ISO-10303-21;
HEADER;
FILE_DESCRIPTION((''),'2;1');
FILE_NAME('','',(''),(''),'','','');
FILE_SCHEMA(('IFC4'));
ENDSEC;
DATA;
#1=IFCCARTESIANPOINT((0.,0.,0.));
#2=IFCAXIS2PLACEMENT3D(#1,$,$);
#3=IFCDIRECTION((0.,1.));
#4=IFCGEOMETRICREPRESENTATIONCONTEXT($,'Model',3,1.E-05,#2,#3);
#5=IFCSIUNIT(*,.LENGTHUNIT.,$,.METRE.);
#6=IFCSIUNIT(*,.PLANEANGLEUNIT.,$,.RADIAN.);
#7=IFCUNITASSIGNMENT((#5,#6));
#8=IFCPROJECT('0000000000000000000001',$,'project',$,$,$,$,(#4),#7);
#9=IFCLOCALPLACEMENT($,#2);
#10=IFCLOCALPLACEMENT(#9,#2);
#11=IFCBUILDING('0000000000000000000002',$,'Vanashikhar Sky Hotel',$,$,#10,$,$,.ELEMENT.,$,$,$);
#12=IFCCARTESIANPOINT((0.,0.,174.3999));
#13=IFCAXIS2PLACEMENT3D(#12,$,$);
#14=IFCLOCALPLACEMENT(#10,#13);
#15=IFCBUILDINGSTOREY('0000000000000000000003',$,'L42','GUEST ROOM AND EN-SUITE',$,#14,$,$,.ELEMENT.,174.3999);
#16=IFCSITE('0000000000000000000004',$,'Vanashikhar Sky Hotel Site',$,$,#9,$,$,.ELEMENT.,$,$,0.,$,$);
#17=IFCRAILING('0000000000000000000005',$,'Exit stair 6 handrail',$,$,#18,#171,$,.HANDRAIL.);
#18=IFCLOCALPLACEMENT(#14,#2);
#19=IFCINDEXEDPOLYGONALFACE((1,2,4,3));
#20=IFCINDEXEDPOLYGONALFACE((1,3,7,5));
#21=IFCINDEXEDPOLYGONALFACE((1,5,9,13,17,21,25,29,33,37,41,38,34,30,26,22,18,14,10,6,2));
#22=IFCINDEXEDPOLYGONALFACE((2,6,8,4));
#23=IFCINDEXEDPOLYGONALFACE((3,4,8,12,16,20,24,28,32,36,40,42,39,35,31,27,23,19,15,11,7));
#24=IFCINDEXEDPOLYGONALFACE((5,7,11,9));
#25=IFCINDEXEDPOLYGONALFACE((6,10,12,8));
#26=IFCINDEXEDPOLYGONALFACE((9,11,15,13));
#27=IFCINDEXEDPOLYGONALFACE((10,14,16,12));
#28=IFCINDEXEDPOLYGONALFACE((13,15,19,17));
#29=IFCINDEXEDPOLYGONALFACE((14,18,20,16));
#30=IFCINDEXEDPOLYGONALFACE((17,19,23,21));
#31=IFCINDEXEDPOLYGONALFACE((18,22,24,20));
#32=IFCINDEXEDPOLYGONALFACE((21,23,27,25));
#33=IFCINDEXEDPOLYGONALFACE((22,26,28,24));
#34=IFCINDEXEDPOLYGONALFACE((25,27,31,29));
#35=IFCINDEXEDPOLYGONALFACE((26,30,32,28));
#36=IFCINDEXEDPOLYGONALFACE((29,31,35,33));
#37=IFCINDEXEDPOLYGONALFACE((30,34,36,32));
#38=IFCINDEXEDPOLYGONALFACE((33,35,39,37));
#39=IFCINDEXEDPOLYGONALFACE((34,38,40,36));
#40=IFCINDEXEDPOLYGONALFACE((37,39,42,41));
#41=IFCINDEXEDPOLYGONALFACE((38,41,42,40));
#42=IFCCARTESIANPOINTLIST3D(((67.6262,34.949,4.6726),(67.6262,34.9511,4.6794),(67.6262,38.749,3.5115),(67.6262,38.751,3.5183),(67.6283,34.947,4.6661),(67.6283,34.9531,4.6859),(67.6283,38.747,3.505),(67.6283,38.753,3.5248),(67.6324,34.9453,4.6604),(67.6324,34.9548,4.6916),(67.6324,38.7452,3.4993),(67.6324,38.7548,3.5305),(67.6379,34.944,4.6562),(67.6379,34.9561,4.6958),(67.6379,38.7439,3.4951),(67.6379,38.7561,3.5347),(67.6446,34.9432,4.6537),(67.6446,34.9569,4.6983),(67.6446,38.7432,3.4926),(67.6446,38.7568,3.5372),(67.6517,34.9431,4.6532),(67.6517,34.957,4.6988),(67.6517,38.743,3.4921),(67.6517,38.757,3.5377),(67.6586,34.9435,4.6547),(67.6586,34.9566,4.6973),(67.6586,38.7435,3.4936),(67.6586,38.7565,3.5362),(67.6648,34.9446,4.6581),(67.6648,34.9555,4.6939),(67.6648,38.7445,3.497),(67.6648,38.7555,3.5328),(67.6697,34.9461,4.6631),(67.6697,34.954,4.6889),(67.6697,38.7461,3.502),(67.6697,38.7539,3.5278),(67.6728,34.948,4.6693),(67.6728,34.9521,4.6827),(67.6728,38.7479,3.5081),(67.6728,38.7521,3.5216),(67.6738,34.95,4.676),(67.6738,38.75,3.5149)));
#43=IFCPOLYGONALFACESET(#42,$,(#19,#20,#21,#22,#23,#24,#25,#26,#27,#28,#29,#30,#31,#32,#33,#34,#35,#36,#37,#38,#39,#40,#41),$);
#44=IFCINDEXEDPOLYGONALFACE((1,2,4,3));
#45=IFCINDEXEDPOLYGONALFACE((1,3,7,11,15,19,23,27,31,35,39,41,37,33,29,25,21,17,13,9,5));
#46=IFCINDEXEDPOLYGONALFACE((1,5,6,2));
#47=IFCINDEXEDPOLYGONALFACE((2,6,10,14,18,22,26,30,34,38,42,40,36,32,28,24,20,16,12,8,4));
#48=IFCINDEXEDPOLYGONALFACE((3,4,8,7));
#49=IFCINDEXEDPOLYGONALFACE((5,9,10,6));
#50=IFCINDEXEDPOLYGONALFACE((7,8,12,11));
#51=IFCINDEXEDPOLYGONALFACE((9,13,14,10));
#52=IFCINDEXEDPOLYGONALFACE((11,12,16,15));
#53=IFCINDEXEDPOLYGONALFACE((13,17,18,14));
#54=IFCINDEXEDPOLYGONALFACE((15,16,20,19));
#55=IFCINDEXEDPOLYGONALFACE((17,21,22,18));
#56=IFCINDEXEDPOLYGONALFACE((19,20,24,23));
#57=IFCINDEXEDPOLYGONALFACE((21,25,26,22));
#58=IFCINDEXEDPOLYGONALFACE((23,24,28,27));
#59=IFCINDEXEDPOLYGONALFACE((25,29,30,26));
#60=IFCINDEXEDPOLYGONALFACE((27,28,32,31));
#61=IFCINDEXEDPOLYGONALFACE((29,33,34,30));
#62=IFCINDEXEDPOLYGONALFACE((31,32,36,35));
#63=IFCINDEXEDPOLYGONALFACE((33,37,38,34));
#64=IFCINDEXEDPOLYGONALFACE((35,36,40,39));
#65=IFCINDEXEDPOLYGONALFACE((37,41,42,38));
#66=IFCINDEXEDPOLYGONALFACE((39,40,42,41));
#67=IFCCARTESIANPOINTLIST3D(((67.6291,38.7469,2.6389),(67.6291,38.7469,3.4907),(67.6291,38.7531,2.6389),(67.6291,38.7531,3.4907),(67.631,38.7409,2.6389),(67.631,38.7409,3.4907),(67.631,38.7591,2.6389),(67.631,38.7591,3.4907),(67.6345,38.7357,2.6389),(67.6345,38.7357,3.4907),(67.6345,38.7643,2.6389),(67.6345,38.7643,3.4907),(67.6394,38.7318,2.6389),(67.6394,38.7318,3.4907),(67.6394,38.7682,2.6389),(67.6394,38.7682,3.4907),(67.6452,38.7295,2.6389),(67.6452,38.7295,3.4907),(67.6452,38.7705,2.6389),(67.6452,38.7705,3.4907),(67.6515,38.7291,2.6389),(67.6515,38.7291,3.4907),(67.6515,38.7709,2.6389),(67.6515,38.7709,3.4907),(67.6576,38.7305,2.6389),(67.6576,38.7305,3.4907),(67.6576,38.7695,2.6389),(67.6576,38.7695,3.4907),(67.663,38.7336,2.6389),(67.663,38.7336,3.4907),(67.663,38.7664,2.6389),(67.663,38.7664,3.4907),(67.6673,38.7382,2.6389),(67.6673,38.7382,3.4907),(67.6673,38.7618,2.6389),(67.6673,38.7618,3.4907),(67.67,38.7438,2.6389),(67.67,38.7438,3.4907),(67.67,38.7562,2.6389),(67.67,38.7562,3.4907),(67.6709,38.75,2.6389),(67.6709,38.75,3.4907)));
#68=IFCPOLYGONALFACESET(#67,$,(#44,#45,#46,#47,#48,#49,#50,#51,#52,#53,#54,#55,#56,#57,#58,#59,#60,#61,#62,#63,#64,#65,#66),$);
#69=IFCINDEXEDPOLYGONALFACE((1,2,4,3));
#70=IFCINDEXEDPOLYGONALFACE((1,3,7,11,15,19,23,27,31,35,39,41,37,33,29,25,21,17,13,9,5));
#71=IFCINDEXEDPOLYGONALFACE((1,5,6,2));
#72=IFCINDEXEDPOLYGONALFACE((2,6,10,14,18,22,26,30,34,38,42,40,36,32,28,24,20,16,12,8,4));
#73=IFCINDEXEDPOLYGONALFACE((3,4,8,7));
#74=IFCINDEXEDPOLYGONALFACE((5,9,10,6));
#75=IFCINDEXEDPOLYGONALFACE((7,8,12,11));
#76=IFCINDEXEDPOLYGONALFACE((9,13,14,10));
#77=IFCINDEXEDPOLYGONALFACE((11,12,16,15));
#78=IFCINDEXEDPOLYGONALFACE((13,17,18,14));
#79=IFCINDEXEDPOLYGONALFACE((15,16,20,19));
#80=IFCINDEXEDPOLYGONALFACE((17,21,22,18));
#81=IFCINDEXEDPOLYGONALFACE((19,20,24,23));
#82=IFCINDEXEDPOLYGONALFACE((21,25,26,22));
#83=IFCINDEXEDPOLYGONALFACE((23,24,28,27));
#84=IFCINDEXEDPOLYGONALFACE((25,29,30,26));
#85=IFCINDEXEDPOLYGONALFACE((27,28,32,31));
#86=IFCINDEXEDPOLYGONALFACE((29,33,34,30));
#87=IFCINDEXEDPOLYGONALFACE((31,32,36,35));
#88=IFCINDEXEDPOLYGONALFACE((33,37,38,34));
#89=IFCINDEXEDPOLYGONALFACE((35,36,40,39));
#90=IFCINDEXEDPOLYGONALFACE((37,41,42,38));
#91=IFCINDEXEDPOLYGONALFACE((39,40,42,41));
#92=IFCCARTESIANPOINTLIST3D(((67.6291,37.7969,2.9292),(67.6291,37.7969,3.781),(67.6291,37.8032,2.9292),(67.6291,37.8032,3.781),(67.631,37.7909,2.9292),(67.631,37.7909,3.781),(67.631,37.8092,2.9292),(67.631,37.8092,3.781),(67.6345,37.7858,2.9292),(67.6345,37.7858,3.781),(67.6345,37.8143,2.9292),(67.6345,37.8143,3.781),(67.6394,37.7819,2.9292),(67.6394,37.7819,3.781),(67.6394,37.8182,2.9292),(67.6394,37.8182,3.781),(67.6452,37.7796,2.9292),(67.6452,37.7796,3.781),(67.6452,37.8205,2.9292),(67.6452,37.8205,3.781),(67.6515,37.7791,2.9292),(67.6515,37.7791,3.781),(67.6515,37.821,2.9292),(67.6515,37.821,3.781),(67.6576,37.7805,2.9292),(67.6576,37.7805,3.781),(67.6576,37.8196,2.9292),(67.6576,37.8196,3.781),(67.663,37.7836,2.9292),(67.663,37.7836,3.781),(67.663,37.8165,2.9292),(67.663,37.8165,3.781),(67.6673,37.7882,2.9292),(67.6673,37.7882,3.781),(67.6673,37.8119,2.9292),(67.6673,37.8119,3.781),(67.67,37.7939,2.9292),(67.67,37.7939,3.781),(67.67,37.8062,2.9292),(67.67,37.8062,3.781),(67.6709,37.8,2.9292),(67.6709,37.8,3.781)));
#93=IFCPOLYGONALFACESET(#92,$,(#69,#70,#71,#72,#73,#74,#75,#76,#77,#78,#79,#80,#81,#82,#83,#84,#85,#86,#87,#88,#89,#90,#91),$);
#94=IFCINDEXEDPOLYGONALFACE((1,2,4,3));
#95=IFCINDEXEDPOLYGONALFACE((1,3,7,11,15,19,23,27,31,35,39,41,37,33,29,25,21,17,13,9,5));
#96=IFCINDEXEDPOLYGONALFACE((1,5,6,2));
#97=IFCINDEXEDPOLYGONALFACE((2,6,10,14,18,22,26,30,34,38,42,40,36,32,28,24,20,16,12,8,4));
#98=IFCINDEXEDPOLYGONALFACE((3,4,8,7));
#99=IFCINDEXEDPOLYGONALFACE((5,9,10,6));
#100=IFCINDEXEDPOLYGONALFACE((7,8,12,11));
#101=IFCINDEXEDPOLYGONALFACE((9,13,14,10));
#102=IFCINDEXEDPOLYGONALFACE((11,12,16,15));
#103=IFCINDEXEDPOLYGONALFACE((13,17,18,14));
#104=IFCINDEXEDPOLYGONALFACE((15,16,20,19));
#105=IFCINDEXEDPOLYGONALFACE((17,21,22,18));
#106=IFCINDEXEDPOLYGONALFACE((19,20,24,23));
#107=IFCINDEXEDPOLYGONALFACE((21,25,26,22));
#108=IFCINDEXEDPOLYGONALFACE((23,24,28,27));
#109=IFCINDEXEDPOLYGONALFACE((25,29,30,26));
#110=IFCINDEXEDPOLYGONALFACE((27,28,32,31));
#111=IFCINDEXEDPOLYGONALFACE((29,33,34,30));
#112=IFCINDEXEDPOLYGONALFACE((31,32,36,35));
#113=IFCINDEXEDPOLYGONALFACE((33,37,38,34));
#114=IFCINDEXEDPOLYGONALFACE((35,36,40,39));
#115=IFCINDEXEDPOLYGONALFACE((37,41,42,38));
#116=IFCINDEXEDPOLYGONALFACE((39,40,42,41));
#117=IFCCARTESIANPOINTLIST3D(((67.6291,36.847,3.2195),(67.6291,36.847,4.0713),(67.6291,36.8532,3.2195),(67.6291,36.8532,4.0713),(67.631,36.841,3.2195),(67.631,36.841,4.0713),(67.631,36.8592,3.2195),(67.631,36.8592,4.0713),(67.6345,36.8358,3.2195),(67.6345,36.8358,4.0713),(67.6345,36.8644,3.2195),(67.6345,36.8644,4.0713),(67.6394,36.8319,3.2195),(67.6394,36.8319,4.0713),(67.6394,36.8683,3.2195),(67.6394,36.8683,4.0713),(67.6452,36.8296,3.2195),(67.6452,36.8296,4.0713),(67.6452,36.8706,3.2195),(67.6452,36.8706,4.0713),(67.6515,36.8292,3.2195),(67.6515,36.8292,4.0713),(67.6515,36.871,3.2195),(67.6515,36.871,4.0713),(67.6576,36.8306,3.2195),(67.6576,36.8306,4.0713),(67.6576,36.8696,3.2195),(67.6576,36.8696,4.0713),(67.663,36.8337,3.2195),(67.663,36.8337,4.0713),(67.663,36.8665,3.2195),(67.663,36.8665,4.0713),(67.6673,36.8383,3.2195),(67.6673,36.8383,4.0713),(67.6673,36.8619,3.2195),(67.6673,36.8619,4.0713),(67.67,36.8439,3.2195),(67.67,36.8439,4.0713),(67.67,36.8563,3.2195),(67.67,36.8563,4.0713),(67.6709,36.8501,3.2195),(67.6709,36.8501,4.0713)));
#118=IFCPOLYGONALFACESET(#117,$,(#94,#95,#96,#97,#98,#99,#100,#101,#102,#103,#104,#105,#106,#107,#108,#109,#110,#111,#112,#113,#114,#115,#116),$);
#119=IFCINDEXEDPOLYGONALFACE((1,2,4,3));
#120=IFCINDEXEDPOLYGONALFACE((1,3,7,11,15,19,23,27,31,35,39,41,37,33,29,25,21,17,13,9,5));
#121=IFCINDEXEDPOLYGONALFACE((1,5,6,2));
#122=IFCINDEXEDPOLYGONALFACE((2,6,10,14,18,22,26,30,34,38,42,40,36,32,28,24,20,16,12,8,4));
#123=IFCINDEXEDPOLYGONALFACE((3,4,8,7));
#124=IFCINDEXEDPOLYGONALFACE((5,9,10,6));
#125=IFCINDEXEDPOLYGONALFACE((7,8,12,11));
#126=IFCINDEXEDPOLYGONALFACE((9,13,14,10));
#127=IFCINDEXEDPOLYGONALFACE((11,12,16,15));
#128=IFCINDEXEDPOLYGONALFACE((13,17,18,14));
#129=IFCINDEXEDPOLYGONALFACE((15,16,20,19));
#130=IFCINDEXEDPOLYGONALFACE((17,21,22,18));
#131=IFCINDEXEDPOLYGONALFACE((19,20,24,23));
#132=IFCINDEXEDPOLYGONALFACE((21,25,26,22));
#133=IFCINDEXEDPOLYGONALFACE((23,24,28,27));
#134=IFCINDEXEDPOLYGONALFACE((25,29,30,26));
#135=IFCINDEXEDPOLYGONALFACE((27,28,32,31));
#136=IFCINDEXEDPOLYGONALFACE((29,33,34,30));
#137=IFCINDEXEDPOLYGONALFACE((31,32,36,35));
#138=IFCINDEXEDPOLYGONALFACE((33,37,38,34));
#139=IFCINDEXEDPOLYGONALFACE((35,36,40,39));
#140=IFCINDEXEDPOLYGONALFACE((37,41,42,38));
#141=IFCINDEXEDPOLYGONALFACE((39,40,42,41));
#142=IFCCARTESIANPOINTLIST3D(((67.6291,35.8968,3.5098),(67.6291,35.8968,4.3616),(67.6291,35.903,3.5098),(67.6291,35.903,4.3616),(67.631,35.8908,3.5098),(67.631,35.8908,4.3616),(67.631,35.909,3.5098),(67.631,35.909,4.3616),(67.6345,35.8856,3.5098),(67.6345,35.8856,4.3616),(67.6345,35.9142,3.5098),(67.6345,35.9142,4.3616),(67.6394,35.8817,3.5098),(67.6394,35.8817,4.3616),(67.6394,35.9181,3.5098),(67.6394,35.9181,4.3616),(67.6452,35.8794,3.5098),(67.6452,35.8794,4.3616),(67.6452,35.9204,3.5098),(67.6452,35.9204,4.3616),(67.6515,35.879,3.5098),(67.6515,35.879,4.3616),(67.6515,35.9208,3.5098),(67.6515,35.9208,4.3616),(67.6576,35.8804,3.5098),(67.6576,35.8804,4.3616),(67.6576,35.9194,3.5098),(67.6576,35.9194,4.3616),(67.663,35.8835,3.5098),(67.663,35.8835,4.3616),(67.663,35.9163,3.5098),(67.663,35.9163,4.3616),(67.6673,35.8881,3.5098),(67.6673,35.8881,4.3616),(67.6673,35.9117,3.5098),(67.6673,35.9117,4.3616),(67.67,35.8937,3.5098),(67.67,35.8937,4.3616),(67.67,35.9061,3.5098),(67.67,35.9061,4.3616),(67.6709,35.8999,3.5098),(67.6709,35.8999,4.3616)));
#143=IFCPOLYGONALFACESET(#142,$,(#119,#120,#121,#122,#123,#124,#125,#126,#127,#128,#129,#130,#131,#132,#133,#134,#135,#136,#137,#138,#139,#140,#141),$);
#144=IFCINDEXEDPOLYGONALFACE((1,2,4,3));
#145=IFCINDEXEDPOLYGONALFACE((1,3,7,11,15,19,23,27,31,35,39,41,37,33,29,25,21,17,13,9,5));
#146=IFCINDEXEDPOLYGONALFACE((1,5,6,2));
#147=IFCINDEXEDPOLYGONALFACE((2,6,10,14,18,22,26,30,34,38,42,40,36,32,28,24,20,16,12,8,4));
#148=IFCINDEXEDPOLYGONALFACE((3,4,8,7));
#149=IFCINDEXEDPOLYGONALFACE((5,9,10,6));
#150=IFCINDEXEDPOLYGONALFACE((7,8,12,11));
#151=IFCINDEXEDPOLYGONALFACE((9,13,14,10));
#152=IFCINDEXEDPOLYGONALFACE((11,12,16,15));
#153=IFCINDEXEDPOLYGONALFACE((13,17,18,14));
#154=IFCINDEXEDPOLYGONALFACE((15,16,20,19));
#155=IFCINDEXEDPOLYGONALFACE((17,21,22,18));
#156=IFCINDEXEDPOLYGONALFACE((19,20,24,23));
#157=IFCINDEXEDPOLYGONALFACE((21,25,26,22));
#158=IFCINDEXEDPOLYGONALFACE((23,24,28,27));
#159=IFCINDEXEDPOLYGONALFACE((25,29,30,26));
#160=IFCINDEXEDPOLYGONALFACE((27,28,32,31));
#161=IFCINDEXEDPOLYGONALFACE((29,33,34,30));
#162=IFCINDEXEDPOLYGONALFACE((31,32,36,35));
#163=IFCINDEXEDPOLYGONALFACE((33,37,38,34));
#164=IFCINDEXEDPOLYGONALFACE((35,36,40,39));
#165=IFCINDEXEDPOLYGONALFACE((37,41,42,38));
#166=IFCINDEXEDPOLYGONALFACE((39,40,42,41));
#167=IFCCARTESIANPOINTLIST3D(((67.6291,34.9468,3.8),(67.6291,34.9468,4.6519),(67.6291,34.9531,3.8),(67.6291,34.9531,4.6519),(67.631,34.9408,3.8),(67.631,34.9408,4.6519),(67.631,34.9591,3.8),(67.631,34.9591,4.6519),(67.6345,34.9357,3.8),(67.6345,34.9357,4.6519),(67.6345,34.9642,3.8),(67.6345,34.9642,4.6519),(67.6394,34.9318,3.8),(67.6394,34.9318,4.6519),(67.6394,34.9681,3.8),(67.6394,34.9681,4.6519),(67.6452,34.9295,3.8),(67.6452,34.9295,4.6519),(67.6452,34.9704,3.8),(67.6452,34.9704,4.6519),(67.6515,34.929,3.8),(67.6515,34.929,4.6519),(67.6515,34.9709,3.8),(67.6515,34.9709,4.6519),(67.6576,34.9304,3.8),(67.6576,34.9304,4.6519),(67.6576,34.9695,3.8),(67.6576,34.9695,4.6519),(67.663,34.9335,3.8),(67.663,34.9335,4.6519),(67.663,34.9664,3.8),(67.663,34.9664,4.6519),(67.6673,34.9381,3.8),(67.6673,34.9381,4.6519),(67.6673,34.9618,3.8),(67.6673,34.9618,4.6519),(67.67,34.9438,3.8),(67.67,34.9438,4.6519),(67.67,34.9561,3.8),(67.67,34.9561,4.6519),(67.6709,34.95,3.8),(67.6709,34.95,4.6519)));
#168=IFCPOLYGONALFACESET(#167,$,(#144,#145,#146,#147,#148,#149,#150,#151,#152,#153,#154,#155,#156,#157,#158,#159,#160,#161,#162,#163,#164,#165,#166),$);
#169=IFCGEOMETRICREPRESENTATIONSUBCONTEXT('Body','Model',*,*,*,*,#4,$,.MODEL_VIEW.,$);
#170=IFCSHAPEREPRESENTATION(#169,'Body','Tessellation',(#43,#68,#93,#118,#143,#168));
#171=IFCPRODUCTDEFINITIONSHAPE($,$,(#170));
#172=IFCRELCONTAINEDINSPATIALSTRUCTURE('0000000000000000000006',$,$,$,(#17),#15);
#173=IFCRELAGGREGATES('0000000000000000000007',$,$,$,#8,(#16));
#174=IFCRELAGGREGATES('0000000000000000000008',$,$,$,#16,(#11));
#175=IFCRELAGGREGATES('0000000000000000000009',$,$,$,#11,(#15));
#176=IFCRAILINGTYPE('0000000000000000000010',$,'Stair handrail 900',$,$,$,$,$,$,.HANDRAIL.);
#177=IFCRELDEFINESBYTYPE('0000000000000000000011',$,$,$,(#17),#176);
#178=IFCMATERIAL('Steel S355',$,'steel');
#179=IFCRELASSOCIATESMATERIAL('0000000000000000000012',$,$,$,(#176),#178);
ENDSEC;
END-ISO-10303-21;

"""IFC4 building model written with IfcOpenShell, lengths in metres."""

from ifc_helpers import new_model, si_unit, direction, frame, origin, origin_2d, place, context, subcontext, project, spatial, circle, extrude, source, transform, mapped, material, type_object, element, save


model = new_model("IFC4")

# Units and contexts
model_context = context("Model", 3, precision=1e-05, world=origin(), true_north=direction((0.0, 1.0)))
body_context = subcontext(model_context, "Body", "Model", "MODEL_VIEW")
ifc_project = project(units=[si_unit("LENGTHUNIT", "METRE"), si_unit("PLANEANGLEUNIT", "RADIAN")], contexts=[model_context])

# Site, building, storey
site_placement = place(None, origin())
site = spatial("IfcSite", under=ifc_project, at=site_placement, Name="Vanashikhar Sky Hotel Site", CompositionType="ELEMENT", RefElevation=0.0)
building_placement = place(site_placement, origin())
building = spatial("IfcBuilding", under=site, at=building_placement, Name="Vanashikhar Sky Hotel", CompositionType="ELEMENT")
storey_placement = place(building_placement, frame((0.0, 0.0, 174.3999)))
storey = spatial("IfcBuildingStorey", under=building, at=storey_placement, Name="L42", Description="GUEST ROOM AND EN-SUITE", CompositionType="ELEMENT", Elevation=174.3999)

# Railing
ifc_material_1 = material(Name="Steel S355", Category="steel")
railing_type = type_object("IfcRailingType", Name="Stair handrail 900", PredefinedType="HANDRAIL", material=ifc_material_1)
shared_shape_1 = source(origin(), body_context, "Body", "SweptSolid", [
    extrude(circle(Radius=0.0239, at=origin_2d()), frame((0.0, 0.0, 0.876), z_axis=(0.0, -0.956351, 0.29222), x_axis=(1.0, 0.0, 0.0)), (0.0, 0.0, 1.0), 3.9734),
    extrude(circle(Radius=0.021, at=origin_2d()), origin(), (0.0, 0.0, 1.0), 0.8518),
    extrude(circle(Radius=0.021, at=origin_2d()), frame((0.0, -0.95, 0.2903)), (0.0, 0.0, 1.0), 0.8518),
    extrude(circle(Radius=0.021, at=origin_2d()), frame((0.0, -1.8999, 0.5806)), (0.0, 0.0, 1.0), 0.8518),
    extrude(circle(Radius=0.021, at=origin_2d()), frame((0.0, -2.8501, 0.8708)), (0.0, 0.0, 1.0), 0.8518),
    extrude(circle(Radius=0.021, at=origin_2d()), frame((0.0, -3.8, 1.1611)), (0.0, 0.0, 1.0), 0.8518),
])
for number, where, name in (
    (1, (67.6499, 38.75, 2.6389), "Exit stair 6 handrail"),
):
    element("IfcRailing", number, at=place(storey_placement, frame(where)), inside=storey, type_object=railing_type, Name=name, PredefinedType="HANDRAIL", context=body_context, shape_type="MappedRepresentation", body=[
        mapped(shared_shape_1, transform((0.0, 0.0, 0.0), scale=1.0)),
    ])

save(model, "model.ifc")
